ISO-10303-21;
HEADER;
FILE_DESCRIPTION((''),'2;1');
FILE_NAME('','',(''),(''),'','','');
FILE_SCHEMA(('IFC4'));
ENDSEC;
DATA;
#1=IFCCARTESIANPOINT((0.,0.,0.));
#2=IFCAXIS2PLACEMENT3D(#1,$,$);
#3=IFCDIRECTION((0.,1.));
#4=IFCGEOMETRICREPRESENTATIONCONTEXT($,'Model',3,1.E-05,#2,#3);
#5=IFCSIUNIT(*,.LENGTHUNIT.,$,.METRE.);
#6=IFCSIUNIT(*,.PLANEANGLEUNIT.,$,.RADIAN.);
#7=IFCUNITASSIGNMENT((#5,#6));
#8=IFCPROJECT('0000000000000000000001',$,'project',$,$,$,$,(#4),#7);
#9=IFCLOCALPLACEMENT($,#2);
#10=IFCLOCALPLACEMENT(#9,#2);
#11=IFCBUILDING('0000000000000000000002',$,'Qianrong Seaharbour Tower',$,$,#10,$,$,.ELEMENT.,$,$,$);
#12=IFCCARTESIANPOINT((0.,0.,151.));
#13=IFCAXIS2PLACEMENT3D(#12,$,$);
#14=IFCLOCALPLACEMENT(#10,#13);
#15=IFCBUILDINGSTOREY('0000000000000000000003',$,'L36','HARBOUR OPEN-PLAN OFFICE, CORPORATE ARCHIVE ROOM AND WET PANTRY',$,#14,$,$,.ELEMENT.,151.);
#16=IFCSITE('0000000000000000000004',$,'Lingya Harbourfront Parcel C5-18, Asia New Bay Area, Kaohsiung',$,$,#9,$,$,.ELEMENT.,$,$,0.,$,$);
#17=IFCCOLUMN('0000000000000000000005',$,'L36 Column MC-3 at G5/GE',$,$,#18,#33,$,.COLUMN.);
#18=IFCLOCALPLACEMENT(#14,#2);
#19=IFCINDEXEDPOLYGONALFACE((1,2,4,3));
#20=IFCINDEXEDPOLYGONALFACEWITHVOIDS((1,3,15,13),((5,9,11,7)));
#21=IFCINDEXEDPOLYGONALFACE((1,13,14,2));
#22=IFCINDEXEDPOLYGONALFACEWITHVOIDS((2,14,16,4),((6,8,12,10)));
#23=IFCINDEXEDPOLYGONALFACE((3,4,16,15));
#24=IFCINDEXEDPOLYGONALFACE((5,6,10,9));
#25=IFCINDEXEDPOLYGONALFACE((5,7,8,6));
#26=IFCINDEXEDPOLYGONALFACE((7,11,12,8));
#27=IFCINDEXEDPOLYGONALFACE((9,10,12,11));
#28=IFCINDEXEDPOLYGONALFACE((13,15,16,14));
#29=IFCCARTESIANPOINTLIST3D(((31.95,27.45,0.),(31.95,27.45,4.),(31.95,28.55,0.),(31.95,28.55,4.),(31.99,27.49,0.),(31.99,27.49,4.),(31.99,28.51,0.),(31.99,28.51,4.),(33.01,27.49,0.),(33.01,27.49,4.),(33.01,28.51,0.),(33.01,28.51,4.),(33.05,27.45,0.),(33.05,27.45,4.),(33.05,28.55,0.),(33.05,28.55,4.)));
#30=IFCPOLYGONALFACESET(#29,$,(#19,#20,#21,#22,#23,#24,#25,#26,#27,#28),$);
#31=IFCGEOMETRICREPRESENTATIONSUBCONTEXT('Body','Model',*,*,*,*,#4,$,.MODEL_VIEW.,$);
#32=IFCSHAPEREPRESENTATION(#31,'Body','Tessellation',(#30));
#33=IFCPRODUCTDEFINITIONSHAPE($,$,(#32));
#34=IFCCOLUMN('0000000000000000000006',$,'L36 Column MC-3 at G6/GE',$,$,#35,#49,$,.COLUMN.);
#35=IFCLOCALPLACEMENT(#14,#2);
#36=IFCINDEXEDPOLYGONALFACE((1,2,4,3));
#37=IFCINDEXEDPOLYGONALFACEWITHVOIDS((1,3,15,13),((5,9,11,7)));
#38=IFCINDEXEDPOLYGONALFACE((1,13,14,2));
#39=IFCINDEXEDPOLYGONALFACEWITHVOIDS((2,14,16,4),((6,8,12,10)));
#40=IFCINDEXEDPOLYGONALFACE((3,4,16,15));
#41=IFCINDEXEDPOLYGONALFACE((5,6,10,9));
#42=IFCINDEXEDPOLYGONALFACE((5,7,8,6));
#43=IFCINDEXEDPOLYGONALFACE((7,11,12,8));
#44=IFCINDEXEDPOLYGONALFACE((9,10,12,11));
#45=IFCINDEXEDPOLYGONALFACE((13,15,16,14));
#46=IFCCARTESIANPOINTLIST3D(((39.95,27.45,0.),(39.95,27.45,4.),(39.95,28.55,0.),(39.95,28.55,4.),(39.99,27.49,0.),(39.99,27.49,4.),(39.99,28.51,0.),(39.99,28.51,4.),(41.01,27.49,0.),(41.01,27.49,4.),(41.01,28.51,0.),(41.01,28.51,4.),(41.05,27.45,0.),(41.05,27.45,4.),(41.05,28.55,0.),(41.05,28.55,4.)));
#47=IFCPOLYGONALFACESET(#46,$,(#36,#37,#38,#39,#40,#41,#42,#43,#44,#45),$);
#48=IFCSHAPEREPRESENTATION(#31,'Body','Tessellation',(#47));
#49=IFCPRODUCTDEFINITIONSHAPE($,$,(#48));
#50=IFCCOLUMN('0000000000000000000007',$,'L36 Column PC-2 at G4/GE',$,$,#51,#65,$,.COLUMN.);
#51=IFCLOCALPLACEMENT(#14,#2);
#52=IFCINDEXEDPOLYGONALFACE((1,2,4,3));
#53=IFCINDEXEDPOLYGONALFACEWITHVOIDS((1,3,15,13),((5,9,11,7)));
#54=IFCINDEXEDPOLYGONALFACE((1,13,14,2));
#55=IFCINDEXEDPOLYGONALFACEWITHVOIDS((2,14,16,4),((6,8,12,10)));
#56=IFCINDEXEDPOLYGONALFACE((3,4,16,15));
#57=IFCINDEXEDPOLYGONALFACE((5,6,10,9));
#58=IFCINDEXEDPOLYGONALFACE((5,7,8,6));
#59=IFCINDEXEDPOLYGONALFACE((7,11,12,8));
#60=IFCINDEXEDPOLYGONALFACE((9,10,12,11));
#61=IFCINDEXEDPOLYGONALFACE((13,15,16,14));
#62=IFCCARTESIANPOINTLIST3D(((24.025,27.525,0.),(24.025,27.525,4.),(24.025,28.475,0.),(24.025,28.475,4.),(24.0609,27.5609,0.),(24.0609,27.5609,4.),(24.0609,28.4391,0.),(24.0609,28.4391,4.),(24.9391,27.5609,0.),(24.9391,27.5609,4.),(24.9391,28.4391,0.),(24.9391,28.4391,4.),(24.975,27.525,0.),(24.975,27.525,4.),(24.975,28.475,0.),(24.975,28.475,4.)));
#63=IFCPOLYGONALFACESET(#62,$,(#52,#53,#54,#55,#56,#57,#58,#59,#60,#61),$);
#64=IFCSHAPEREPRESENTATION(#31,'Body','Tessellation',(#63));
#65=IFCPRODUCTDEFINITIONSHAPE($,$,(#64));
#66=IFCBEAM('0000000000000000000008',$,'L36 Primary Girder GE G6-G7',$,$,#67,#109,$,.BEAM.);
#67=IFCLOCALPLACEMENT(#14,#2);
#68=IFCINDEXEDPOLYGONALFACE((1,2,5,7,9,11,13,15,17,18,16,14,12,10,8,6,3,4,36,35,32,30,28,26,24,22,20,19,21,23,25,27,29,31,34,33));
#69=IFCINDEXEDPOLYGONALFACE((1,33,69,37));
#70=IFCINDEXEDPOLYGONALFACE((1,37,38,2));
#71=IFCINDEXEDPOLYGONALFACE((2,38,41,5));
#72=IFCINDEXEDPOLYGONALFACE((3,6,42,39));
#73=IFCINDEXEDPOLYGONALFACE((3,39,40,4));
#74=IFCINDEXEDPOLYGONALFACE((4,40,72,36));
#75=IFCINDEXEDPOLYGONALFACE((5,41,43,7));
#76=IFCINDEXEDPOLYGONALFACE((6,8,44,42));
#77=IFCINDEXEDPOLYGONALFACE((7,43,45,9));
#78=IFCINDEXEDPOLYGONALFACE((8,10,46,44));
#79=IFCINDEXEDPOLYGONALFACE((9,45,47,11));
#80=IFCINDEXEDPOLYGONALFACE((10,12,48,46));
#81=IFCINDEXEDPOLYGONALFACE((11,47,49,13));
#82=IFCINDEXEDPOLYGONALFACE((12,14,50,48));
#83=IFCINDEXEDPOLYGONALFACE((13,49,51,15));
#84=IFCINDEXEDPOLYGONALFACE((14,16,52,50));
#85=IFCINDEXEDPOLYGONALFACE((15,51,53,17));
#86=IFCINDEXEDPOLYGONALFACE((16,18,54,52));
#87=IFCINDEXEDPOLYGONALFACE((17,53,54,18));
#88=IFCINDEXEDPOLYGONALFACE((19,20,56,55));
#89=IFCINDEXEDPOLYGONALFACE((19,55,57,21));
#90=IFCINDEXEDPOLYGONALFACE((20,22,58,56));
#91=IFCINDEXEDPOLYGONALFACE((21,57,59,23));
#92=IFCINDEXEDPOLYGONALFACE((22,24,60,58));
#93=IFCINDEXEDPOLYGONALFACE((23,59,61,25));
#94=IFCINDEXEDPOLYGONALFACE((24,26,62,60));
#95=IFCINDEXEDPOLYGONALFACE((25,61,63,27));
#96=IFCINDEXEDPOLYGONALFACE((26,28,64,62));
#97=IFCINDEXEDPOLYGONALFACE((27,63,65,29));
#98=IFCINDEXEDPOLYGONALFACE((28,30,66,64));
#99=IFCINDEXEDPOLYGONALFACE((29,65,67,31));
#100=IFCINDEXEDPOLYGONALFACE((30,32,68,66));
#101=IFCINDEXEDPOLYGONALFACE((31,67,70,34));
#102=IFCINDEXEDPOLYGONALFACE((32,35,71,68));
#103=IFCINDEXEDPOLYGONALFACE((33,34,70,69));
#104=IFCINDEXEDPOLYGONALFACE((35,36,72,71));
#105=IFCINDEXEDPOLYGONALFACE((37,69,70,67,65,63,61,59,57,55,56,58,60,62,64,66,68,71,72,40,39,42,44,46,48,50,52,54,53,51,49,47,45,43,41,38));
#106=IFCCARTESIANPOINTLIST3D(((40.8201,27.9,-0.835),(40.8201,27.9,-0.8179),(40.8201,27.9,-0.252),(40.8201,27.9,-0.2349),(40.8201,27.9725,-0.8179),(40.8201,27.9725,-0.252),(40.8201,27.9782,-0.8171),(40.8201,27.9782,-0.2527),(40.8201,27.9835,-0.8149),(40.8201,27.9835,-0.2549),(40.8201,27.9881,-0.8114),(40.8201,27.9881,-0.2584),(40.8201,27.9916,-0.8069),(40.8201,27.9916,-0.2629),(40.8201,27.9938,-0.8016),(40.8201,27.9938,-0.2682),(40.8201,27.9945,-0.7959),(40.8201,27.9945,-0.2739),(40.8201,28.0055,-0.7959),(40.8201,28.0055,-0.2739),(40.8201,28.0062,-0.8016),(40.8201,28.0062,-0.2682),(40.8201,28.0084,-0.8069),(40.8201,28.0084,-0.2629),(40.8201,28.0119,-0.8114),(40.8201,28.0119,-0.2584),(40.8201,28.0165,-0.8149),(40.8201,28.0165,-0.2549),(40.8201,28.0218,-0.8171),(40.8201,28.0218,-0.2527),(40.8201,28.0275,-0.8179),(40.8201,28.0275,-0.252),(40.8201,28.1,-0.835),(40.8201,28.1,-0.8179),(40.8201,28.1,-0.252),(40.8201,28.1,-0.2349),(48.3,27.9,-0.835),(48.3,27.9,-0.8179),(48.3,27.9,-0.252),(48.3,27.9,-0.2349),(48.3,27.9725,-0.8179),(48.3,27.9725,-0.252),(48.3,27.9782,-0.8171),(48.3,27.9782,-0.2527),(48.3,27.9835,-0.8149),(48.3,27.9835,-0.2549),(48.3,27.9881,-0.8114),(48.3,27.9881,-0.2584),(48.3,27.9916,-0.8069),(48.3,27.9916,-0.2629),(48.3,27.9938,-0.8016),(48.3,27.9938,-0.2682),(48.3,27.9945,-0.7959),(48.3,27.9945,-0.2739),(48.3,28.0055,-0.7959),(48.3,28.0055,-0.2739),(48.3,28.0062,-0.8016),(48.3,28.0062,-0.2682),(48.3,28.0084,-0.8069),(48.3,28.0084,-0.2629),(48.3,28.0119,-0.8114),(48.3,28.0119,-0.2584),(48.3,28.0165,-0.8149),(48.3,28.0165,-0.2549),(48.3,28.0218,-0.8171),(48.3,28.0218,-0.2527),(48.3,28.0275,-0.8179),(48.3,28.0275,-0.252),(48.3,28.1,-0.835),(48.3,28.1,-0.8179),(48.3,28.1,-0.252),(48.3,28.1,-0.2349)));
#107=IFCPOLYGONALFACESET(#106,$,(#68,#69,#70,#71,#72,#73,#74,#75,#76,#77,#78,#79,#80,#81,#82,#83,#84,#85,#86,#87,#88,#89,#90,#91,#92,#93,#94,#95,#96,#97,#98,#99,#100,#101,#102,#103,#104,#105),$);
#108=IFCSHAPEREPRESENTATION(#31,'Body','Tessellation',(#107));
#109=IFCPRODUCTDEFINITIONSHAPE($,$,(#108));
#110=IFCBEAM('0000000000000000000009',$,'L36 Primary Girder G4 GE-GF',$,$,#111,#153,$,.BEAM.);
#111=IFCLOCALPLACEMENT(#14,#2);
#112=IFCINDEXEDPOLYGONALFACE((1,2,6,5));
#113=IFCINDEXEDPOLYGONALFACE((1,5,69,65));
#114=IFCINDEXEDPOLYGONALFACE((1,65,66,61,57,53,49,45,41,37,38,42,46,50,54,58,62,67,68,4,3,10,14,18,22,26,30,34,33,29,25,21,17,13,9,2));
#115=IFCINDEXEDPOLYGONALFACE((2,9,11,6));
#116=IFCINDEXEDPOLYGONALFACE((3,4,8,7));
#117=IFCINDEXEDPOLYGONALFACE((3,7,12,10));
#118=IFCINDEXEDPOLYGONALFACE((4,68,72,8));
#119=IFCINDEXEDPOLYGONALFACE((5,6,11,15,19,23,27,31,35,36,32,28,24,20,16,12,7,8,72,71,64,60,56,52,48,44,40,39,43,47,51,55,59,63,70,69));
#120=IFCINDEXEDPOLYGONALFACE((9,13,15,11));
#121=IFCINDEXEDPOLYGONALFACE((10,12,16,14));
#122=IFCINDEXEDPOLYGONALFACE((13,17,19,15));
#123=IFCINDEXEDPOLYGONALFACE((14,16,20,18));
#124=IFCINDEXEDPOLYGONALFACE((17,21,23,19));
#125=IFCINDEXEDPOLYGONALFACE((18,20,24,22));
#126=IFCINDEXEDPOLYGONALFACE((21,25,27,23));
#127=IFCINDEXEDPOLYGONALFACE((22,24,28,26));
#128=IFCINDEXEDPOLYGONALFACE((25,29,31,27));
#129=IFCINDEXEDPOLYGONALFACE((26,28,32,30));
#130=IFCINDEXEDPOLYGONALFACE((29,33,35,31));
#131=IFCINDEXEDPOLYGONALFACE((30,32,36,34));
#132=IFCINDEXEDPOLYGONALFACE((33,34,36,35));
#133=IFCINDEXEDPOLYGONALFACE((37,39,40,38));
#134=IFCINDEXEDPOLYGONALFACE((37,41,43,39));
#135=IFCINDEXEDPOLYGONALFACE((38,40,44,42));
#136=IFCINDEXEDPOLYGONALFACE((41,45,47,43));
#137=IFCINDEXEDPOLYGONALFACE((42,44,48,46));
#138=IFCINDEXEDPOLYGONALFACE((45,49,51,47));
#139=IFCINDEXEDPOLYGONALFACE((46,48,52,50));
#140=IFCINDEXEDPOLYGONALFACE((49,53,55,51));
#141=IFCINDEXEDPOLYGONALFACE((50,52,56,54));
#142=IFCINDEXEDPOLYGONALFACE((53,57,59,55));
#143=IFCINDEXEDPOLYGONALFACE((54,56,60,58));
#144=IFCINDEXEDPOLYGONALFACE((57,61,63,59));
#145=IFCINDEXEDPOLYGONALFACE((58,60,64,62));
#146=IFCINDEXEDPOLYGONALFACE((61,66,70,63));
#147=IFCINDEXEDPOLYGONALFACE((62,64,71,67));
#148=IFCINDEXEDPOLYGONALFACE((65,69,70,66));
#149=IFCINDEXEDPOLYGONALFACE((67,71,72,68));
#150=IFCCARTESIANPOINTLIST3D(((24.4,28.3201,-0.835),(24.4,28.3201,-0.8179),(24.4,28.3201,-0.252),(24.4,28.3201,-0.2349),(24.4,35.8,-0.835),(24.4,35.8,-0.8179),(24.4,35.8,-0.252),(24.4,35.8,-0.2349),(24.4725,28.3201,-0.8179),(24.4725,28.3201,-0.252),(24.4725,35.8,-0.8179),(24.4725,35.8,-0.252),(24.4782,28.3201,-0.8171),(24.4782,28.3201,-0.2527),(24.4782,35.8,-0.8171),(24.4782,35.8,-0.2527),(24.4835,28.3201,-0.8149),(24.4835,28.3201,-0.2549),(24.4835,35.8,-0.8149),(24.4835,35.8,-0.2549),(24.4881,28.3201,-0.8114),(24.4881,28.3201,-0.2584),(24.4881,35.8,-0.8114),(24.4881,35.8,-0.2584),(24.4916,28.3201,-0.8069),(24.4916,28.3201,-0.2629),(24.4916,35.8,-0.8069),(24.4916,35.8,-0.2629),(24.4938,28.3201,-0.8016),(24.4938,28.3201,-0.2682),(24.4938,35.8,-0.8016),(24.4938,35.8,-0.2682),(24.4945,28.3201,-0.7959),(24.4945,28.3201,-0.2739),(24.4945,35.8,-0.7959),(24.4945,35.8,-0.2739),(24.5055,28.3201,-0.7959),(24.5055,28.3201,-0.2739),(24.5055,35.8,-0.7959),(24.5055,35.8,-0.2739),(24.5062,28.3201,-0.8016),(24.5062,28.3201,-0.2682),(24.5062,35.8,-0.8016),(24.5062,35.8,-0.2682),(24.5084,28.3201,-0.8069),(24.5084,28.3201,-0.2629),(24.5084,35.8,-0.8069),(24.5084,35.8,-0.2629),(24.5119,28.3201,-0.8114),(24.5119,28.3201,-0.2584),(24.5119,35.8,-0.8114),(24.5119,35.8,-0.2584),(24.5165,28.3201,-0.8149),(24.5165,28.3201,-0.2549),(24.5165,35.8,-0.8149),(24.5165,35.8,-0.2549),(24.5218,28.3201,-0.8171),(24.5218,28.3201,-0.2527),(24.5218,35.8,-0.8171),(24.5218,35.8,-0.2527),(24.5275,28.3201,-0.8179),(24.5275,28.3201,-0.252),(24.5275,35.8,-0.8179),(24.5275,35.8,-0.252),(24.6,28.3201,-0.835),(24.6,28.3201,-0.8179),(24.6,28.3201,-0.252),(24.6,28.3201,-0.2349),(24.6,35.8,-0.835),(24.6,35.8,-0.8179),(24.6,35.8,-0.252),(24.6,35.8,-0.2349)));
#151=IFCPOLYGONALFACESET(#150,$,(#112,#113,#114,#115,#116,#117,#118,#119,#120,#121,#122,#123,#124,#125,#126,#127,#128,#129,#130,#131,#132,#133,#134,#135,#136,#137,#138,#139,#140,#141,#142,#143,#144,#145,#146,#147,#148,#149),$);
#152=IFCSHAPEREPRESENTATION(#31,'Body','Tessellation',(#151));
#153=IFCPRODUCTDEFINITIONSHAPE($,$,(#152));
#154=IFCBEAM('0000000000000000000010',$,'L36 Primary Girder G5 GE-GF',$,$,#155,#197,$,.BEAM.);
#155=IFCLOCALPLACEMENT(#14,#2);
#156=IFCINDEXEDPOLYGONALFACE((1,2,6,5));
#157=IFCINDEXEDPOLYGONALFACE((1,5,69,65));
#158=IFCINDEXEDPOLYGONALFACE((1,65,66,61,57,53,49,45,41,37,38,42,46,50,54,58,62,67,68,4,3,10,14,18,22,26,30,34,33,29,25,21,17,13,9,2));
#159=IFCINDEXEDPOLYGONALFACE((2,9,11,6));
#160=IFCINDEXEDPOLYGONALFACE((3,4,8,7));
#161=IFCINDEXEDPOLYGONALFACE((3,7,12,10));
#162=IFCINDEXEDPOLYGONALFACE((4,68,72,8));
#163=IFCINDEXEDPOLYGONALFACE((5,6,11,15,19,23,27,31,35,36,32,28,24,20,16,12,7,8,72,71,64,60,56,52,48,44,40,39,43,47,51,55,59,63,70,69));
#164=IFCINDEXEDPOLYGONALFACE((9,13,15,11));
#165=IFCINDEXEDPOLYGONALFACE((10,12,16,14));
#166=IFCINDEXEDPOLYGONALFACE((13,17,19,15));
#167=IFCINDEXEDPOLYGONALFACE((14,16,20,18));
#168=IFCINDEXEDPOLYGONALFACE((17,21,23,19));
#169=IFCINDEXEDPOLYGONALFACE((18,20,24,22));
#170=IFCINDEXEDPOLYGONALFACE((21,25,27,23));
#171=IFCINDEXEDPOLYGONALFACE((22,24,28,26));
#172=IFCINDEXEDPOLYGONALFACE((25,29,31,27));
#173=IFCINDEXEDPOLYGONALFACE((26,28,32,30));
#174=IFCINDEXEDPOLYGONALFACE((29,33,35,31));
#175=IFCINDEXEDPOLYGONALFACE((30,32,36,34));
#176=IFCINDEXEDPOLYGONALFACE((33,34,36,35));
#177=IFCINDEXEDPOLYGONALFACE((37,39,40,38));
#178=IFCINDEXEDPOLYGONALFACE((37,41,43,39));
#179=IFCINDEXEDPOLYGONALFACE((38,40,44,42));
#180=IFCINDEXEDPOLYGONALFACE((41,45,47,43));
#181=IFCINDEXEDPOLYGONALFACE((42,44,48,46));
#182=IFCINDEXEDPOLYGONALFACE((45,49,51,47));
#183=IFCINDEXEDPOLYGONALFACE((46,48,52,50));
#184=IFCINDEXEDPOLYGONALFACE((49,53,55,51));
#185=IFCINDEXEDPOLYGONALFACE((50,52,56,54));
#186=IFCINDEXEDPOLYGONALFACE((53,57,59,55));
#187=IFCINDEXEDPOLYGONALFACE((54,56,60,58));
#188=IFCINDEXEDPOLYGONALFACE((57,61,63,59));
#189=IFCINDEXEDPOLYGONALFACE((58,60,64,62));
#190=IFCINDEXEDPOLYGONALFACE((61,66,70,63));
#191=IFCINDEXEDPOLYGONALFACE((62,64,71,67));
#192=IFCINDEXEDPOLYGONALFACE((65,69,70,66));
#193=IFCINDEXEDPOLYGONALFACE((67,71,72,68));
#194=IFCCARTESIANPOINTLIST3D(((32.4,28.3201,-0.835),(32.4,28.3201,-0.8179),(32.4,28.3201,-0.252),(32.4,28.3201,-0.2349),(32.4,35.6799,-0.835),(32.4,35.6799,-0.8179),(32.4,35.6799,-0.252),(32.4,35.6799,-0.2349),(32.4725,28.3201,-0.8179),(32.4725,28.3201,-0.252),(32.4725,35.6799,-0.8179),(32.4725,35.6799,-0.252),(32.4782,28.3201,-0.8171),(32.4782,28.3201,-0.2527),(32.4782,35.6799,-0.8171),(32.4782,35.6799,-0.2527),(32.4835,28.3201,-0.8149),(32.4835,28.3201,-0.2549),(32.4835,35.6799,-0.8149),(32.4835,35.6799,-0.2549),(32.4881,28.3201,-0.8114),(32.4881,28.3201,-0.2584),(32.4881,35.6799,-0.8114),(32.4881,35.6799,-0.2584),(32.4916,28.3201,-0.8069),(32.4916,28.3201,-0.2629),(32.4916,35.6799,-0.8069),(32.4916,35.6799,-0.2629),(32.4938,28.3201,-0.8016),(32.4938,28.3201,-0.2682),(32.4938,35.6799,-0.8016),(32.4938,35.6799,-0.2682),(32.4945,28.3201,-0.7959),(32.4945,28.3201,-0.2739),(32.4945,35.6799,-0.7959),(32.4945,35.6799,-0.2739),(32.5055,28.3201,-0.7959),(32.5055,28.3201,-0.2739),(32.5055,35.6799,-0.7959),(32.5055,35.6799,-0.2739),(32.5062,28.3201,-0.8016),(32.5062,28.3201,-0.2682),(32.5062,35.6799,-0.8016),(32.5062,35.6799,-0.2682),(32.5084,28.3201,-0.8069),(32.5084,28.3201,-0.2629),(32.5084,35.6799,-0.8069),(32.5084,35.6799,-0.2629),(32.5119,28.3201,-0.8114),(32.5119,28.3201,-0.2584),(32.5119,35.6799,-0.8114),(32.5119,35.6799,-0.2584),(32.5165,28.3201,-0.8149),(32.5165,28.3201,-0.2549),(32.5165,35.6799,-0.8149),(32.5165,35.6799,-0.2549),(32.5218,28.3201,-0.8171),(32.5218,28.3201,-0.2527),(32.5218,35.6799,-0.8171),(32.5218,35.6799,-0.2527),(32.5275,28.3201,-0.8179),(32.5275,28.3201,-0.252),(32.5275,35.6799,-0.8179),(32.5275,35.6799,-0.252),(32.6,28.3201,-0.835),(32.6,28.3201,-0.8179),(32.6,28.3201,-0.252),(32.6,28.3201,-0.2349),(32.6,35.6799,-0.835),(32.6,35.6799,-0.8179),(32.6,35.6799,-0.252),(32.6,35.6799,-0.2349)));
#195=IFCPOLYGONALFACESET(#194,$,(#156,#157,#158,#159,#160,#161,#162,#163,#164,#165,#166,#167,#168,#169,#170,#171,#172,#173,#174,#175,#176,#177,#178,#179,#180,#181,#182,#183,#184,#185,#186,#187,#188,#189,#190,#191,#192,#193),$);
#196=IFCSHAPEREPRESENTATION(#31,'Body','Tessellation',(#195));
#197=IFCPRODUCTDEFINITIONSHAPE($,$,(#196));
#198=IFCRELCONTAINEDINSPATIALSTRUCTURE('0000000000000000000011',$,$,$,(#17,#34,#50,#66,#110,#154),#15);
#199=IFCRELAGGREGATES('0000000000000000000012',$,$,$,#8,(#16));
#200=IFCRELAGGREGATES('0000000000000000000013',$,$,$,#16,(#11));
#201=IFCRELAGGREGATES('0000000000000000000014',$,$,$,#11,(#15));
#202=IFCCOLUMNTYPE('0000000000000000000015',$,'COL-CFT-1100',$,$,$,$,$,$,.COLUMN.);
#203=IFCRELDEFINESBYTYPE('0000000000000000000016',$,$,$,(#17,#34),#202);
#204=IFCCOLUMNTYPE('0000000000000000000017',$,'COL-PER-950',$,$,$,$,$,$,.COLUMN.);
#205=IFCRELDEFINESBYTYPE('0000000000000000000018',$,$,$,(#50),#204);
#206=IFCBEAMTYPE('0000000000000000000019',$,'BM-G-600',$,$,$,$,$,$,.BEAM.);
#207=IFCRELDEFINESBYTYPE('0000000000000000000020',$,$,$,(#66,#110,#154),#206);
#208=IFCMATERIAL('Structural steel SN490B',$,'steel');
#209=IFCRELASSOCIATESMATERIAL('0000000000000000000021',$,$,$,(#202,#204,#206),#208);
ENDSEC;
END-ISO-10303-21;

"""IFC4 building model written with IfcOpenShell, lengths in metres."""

from ifc_helpers import new_model, si_unit, direction, frame, origin, origin_2d, place, context, subcontext, project, spatial, hollow_rectangle, i_section, extrude, material, material_profile, profile_set, type_object, element, save


model = new_model("IFC4")

# Units and contexts
model_context = context("Model", 3, precision=1e-05, world=origin(), true_north=direction((0.0, 1.0)))
body_context = subcontext(model_context, "Body", "Model", "MODEL_VIEW")
ifc_project = project(units=[si_unit("LENGTHUNIT", "METRE"), si_unit("PLANEANGLEUNIT", "RADIAN")], contexts=[model_context])

# Site, building, storey
site_placement = place(None, origin())
site = spatial("IfcSite", under=ifc_project, at=site_placement, Name="Lingya Harbourfront Parcel C5-18, Asia New Bay Area, Kaohsiung", CompositionType="ELEMENT", RefElevation=0.0)
building_placement = place(site_placement, origin())
building = spatial("IfcBuilding", under=site, at=building_placement, Name="Qianrong Seaharbour Tower", CompositionType="ELEMENT")
storey_placement = place(building_placement, frame((0.0, 0.0, 151.0)))
storey = spatial("IfcBuildingStorey", under=building, at=storey_placement, Name="L36", Description="HARBOUR OPEN-PLAN OFFICE, CORPORATE ARCHIVE ROOM AND WET PANTRY", CompositionType="ELEMENT", Elevation=151.0)

# Columns
ifc_material_1 = material(Name="Structural steel SN490B", Category="steel")
ifc_material_profile_1 = material_profile(ifc_material_1, hollow_rectangle(XDim=1.1001, YDim=1.1001, WallThickness=0.04, at=origin_2d()), Name="BOX1100x1100x40")
ifc_profile_set_1 = profile_set([ifc_material_profile_1], Name="Structural steel SN490B")
column_type_1 = type_object("IfcColumnType", Name="COL-CFT-1100", PredefinedType="COLUMN", material=ifc_profile_set_1)
for number, where, z_axis, x_axis, name in (
    (1, (32.5, 28.0, 0.0), (0.0, 0.0, 1.0), (1.0, 0.0, 0.0), "L36 Column MC-3 at G5/GE"),
    (2, (40.5, 28.0, 0.0), (0.0, 0.0, 1.0), (1.0, 0.0, 0.0), "L36 Column MC-3 at G6/GE"),
):
    element("IfcColumn", number, at=place(storey_placement, frame(where, z_axis=z_axis, x_axis=x_axis)), inside=storey, type_object=column_type_1, Name=name, PredefinedType="COLUMN", context=body_context, shape_type="SweptSolid", body=[
        extrude(hollow_rectangle(XDim=1.1001, YDim=1.1001, WallThickness=0.04, at=origin_2d()), origin(), (0.0, 0.0, 1.0), 4.0),
    ])
ifc_material_profile_2 = material_profile(ifc_material_1, hollow_rectangle(XDim=0.95, YDim=0.95, WallThickness=0.0359, at=origin_2d()), Name="BOX950x950x36")
ifc_profile_set_2 = profile_set([ifc_material_profile_2], Name="Structural steel SN490B")
column_type_2 = type_object("IfcColumnType", Name="COL-PER-950", PredefinedType="COLUMN", material=ifc_profile_set_2)
column_placement = place(storey_placement, frame((24.5, 28.0, 0.0), z_axis=(0.0, 0.0, 1.0), x_axis=(1.0, 0.0, 0.0)))
element("IfcColumn", 3, at=column_placement, inside=storey, type_object=column_type_2, Name="L36 Column PC-2 at G4/GE", PredefinedType="COLUMN", context=body_context, shape_type="SweptSolid", body=[
    extrude(hollow_rectangle(XDim=0.95, YDim=0.95, WallThickness=0.0359, at=origin_2d()), origin(), (0.0, 0.0, 1.0), 4.0),
])

# Beams
ifc_material_profile_3 = material_profile(ifc_material_1, i_section(OverallWidth=0.2, OverallDepth=0.6001, WebThickness=0.011, FlangeThickness=0.0171, FilletRadius=0.022, at=origin_2d()), Name="H600x200x11x17")
ifc_profile_set_3 = profile_set([ifc_material_profile_3], Name="Structural steel SN490B")
beam_type_1 = type_object("IfcBeamType", Name="BM-G-600", PredefinedType="BEAM", material=ifc_profile_set_3)
for number, where, z_axis, x_axis, name in (
    (4, (40.8201, 28.0, -0.5349), (1.0, 0.0, 0.0), (0.0, 1.0, 0.0), "L36 Primary Girder GE G6-G7"),
    (5, (24.5, 28.3201, -0.5349), (0.0, 1.0, 0.0), (-1.0, 0.0, 0.0), "L36 Primary Girder G4 GE-GF"),
):
    element("IfcBeam", number, at=place(storey_placement, frame(where, z_axis=z_axis, x_axis=x_axis)), inside=storey, type_object=beam_type_1, Name=name, PredefinedType="BEAM", context=body_context, shape_type="SweptSolid", body=[
        extrude(i_section(OverallWidth=0.2, OverallDepth=0.6001, WebThickness=0.011, FlangeThickness=0.0171, FilletRadius=0.022, at=origin_2d()), origin(), (0.0, 0.0, 1.0), 7.48),
    ])
for number, where, z_axis, x_axis, name in (
    (6, (32.5, 28.3201, -0.5349), (0.0, 1.0, 0.0), (-1.0, 0.0, 0.0), "L36 Primary Girder G5 GE-GF"),
):
    element("IfcBeam", number, at=place(storey_placement, frame(where, z_axis=z_axis, x_axis=x_axis)), inside=storey, type_object=beam_type_1, Name=name, PredefinedType="BEAM", context=body_context, shape_type="SweptSolid", body=[
        extrude(i_section(OverallWidth=0.2, OverallDepth=0.6001, WebThickness=0.011, FlangeThickness=0.0171, FilletRadius=0.022, at=origin_2d()), origin(), (0.0, 0.0, 1.0), 7.3599),
    ])

save(model, "model.ifc")
